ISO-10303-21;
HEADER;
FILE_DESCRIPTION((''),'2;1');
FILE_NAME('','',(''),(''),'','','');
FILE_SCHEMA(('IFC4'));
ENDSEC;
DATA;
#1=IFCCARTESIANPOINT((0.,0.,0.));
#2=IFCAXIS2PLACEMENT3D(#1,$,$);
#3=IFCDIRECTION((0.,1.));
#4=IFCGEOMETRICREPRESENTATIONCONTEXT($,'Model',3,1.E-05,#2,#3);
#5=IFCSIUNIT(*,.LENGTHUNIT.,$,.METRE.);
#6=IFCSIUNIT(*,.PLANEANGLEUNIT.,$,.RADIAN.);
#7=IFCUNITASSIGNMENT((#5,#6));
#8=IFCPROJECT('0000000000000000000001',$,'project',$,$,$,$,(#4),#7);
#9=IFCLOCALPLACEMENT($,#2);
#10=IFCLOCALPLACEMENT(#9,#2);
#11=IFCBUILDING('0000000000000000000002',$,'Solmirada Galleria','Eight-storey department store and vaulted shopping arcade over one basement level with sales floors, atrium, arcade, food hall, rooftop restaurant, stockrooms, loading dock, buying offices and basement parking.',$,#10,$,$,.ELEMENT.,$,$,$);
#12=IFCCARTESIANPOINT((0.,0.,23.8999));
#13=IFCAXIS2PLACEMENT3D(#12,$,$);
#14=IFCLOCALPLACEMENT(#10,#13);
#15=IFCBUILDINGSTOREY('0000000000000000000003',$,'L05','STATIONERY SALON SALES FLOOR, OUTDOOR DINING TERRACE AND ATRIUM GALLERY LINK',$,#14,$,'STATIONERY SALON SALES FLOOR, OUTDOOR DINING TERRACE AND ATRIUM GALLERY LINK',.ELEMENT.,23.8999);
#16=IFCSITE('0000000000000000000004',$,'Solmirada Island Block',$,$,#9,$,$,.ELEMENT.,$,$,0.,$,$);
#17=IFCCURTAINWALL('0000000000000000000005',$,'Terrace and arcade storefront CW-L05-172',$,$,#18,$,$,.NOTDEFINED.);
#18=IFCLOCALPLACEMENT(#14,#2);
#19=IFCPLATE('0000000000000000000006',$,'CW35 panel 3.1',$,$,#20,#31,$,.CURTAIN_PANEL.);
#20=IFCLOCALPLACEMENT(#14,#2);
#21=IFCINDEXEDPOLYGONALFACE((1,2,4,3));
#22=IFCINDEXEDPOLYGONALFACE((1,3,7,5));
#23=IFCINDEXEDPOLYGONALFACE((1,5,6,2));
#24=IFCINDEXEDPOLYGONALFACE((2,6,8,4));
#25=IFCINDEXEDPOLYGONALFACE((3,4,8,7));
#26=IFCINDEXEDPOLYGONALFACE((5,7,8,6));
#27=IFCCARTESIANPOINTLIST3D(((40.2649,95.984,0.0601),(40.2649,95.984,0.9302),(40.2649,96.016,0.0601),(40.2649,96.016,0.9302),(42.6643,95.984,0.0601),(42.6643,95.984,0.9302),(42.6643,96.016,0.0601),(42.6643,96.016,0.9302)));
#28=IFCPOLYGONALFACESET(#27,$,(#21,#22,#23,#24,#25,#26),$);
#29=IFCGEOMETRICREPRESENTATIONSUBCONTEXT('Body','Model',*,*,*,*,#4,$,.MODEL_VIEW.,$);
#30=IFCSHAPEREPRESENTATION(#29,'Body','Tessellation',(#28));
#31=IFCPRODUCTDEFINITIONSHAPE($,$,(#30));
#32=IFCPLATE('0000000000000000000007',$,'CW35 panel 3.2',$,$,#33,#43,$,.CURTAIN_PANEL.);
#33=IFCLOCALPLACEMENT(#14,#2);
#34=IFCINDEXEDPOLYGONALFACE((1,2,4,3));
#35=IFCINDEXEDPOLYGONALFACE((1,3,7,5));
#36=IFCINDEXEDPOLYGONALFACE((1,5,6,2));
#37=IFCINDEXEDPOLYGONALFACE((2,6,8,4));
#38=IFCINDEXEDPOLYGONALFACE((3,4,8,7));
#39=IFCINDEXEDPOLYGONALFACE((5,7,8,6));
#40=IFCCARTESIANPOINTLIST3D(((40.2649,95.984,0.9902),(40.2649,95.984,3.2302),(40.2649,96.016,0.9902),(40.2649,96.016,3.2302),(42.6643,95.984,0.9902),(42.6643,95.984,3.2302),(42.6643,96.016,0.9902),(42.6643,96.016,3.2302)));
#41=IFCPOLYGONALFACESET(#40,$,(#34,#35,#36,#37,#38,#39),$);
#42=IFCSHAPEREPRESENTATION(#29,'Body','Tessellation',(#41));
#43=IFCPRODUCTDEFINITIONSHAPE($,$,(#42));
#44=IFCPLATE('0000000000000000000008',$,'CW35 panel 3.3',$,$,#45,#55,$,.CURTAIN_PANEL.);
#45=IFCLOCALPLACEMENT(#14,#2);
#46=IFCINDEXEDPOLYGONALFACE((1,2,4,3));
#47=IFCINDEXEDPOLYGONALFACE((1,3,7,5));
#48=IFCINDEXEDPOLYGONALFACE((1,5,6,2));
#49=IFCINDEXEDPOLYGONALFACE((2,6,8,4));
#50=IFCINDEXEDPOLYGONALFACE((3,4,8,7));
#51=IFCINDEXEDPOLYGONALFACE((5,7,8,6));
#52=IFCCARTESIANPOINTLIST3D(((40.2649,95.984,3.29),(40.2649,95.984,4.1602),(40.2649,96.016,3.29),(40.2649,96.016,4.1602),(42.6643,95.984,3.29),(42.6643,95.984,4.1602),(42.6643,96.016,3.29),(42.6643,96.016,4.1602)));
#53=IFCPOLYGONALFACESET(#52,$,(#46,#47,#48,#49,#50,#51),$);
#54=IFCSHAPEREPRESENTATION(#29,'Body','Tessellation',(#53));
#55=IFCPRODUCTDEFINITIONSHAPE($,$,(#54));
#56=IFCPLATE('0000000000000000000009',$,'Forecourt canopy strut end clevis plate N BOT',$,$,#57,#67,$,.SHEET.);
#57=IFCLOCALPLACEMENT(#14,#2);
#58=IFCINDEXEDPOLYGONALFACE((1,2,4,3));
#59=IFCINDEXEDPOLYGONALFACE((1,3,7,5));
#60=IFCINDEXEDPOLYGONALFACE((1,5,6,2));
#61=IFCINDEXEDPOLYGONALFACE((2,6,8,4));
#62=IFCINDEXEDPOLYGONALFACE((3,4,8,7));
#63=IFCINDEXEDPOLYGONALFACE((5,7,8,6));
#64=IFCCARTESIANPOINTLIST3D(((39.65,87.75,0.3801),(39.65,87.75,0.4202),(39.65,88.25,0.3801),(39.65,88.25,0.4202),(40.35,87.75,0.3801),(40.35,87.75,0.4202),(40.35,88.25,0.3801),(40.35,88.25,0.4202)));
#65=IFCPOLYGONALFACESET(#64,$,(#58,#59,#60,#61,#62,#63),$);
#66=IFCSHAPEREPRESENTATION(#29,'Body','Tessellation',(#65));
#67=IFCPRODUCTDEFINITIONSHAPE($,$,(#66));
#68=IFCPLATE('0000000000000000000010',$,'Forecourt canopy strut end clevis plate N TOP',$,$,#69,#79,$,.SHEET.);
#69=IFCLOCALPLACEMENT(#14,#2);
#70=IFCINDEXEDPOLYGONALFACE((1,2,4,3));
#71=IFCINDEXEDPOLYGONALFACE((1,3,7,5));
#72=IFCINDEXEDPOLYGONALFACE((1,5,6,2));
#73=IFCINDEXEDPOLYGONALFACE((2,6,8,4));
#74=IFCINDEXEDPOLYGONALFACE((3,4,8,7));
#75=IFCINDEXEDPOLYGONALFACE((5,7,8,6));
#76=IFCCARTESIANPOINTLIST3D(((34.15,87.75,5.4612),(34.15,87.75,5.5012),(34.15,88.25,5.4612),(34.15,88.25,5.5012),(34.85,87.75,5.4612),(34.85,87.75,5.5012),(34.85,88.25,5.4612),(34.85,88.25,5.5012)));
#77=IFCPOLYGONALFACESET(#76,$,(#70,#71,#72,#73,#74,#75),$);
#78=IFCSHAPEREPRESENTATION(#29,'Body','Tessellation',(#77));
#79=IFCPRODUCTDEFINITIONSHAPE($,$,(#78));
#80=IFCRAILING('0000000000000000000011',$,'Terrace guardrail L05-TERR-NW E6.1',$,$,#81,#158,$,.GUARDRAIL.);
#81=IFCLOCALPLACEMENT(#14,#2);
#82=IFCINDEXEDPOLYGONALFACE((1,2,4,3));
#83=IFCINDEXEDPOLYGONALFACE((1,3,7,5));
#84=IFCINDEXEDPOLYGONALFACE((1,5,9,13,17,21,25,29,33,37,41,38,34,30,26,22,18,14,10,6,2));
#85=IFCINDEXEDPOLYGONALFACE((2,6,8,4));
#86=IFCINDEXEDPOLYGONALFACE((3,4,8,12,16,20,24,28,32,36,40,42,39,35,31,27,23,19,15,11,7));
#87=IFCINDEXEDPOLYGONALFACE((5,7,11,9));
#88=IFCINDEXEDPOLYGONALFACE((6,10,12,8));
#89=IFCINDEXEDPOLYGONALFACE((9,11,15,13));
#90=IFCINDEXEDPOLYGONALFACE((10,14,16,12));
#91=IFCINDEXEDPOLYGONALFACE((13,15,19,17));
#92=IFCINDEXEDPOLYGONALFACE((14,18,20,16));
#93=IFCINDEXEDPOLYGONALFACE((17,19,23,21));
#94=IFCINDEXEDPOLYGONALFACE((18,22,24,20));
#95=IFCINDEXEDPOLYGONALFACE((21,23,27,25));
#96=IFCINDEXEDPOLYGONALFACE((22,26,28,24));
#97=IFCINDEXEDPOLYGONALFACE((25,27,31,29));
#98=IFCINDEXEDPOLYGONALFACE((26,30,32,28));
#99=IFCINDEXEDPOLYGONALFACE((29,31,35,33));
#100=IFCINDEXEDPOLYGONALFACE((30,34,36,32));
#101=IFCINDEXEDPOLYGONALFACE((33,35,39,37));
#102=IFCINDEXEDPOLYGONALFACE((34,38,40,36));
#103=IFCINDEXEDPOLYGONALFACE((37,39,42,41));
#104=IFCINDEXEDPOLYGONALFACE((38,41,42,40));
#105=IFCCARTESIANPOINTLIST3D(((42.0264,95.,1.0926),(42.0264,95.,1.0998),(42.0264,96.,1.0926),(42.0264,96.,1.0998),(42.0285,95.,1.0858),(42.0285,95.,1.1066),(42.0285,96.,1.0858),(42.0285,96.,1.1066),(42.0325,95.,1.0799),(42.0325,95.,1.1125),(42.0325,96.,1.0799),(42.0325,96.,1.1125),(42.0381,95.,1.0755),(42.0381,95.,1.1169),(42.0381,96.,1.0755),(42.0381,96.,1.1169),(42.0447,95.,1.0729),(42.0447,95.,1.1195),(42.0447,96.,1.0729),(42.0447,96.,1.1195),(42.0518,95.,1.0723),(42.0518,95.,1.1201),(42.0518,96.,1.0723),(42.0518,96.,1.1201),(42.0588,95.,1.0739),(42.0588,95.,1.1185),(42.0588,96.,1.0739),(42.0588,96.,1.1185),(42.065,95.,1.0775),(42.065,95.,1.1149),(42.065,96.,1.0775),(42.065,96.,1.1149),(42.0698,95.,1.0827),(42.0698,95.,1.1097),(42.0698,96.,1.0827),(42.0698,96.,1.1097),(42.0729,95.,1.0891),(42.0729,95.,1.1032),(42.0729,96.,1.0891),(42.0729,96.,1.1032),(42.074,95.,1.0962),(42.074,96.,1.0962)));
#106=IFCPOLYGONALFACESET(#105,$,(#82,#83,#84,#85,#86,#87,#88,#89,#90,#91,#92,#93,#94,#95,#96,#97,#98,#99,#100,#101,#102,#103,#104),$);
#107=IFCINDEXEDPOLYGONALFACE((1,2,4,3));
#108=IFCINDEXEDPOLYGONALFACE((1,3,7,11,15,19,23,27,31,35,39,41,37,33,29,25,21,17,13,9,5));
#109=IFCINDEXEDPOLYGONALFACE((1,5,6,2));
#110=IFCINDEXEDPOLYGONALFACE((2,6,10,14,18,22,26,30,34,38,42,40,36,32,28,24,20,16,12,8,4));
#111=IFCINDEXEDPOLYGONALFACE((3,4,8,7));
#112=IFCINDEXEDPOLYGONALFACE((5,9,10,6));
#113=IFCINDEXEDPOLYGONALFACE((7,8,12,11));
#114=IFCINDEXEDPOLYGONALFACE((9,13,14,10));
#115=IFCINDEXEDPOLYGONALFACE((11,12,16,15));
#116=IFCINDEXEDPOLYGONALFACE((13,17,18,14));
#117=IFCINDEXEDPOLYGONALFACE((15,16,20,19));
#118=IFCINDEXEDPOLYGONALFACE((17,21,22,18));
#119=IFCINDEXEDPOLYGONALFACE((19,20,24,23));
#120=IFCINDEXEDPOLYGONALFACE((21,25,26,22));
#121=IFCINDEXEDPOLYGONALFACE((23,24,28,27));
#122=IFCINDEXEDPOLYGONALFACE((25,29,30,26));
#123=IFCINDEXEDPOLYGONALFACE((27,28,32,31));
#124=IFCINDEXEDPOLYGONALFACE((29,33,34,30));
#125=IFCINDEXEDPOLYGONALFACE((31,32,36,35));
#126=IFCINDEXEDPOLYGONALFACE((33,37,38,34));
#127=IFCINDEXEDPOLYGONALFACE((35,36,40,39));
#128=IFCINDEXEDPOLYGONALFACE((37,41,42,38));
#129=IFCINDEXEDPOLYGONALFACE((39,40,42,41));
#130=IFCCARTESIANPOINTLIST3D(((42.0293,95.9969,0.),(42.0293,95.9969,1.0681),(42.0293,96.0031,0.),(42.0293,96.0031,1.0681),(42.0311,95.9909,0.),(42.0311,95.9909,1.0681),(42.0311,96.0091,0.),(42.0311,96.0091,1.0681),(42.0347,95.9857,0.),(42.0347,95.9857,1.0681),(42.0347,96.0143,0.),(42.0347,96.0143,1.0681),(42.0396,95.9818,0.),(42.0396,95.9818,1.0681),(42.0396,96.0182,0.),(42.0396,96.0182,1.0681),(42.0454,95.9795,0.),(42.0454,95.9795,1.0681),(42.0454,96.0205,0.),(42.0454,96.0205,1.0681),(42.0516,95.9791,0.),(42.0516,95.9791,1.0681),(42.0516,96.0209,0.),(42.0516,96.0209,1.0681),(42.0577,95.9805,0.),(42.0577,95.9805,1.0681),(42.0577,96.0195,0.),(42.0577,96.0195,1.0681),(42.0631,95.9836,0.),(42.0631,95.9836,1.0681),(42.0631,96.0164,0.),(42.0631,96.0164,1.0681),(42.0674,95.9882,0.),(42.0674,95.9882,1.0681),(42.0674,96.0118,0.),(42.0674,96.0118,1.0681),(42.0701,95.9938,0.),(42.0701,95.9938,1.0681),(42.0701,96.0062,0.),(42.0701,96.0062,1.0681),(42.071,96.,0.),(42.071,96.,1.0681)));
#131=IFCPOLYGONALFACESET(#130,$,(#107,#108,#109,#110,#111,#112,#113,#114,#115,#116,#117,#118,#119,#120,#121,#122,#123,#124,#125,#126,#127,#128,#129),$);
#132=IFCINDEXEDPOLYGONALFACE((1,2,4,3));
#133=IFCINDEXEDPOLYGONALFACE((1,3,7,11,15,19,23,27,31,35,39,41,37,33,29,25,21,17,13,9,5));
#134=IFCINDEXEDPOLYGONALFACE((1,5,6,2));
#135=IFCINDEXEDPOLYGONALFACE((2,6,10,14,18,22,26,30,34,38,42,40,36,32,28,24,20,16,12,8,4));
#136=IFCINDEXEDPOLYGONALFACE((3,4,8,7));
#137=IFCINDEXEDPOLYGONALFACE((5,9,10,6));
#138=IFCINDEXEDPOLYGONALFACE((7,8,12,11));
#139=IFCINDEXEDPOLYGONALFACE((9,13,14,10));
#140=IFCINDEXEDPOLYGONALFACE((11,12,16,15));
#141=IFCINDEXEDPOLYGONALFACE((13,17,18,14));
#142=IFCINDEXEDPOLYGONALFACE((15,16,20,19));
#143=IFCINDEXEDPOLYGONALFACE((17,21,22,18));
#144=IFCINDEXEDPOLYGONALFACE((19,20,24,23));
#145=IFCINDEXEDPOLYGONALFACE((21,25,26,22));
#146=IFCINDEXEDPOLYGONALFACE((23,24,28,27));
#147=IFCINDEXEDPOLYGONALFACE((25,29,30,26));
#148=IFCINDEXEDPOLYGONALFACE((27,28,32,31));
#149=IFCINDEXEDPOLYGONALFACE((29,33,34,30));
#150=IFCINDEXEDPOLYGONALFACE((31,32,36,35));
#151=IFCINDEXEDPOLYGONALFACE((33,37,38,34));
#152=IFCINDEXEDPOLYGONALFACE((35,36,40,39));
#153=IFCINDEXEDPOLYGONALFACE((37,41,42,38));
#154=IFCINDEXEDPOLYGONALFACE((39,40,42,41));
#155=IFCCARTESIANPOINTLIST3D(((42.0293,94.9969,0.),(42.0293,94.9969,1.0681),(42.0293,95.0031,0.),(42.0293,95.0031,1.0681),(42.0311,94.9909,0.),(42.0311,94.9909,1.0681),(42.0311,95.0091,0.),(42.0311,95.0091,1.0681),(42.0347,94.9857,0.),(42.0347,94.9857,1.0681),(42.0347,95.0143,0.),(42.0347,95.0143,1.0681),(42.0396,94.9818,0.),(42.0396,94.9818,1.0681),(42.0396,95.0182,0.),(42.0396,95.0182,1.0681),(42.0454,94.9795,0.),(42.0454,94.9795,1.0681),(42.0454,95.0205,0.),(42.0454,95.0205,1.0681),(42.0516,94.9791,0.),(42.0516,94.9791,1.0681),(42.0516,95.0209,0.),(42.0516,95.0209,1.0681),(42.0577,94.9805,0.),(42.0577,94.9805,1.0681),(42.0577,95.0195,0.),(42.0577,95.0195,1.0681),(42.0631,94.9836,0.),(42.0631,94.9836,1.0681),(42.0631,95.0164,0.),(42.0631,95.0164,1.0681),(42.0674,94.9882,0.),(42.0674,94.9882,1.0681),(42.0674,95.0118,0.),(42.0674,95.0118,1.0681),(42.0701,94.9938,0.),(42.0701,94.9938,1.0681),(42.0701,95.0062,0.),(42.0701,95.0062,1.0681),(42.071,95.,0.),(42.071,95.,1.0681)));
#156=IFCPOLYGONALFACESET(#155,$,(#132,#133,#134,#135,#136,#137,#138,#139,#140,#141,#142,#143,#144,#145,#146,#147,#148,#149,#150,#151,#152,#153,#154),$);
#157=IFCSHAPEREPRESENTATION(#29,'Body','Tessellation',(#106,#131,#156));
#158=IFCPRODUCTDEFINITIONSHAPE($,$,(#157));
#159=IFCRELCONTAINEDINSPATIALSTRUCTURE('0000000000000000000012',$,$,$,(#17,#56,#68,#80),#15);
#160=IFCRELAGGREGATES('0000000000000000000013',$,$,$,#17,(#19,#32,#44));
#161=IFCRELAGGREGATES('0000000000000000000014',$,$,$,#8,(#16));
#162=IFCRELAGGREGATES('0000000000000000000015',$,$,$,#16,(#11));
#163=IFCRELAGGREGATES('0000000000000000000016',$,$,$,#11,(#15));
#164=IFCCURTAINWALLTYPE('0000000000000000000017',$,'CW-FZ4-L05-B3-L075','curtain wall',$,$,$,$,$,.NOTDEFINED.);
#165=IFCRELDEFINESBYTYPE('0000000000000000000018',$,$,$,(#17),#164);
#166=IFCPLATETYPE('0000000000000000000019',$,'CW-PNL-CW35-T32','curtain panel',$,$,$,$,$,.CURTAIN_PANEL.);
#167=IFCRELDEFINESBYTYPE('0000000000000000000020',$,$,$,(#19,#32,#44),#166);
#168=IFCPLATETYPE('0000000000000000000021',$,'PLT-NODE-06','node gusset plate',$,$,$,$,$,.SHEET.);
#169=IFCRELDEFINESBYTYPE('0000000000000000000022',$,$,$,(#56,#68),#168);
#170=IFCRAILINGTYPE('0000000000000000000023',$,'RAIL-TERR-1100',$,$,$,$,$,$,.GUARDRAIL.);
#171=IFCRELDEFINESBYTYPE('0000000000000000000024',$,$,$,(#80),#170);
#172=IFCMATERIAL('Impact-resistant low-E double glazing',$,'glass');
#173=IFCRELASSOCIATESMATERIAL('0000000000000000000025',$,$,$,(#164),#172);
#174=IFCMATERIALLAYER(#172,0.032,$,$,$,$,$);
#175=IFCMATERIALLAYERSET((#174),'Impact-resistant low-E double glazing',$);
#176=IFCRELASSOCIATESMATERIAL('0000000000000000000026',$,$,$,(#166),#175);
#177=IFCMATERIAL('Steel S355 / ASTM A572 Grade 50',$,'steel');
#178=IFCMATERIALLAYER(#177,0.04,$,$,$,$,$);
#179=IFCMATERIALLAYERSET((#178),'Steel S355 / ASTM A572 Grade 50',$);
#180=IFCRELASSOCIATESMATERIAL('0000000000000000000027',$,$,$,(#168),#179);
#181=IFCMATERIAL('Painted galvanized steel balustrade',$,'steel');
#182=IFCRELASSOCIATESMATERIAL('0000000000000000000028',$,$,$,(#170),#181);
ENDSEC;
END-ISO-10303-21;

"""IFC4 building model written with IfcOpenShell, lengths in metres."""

from ifc_helpers import new_model, si_unit, direction, frame, origin, origin_2d, place, context, subcontext, project, spatial, rectangle, circle, extrude, material, layer, layer_set, type_object, element, aggregate, save


model = new_model("IFC4")

# Units and contexts
model_context = context("Model", 3, precision=1e-05, world=origin(), true_north=direction((0.0, 1.0)))
body_context = subcontext(model_context, "Body", "Model", "MODEL_VIEW")
ifc_project = project(units=[si_unit("LENGTHUNIT", "METRE"), si_unit("PLANEANGLEUNIT", "RADIAN")], contexts=[model_context])

# Site, building, storey
site_placement = place(None, origin())
site = spatial("IfcSite", under=ifc_project, at=site_placement, Name="Solmirada Island Block", CompositionType="ELEMENT", RefElevation=0.0)
building_placement = place(site_placement, origin())
building = spatial("IfcBuilding", under=site, at=building_placement, Name="Solmirada Galleria", Description="Eight-storey department store and vaulted shopping arcade over one basement level with sales floors, atrium, arcade, food hall, rooftop restaurant, stockrooms, loading dock, buying offices and basement parking.", CompositionType="ELEMENT")
storey_placement = place(building_placement, frame((0.0, 0.0, 23.8999)))
storey = spatial("IfcBuildingStorey", under=building, at=storey_placement, Name="L05", Description="STATIONERY SALON SALES FLOOR, OUTDOOR DINING TERRACE AND ATRIUM GALLERY LINK", LongName="STATIONERY SALON SALES FLOOR, OUTDOOR DINING TERRACE AND ATRIUM GALLERY LINK", CompositionType="ELEMENT", Elevation=23.8999)

# Shared definitions
ifc_material_1 = material(Name="Steel S355 / ASTM A572 Grade 50", Category="steel")

# Curtain wall
ifc_material_2 = material(Name="Impact-resistant low-E double glazing", Category="glass")
curtain_wall_type = type_object("IfcCurtainWallType", Name="CW-FZ4-L05-B3-L075", Description="curtain wall", PredefinedType="NOTDEFINED", material=ifc_material_2)
curtain_wall_placement = place(storey_placement, origin())
curtain_wall = element("IfcCurtainWall", 1, at=curtain_wall_placement, inside=storey, type_object=curtain_wall_type, Name="Terrace and arcade storefront CW-L05-172", PredefinedType="NOTDEFINED")

# Plates
ifc_layer_1 = layer(ifc_material_2, 0.032)
ifc_layer_set_1 = layer_set([ifc_layer_1], Name="Impact-resistant low-E double glazing")
plate_type_1 = type_object("IfcPlateType", Name="CW-PNL-CW35-T32", Description="curtain panel", PredefinedType="CURTAIN_PANEL", material=ifc_layer_set_1)
plate_1_placement = place(storey_placement, frame((41.4646, 96.0, 0.0601), z_axis=(0.0, 0.0, 1.0), x_axis=(-1.0, 0.0, 0.0)))
plate_1 = element("IfcPlate", 2, at=plate_1_placement, type_object=plate_type_1, Name="CW35 panel 3.1", PredefinedType="CURTAIN_PANEL", context=body_context, shape_type="SweptSolid", body=[
    extrude(rectangle(XDim=2.3994, YDim=0.032, at=origin_2d()), origin(), (0.0, 0.0, 1.0), 0.8701),
])
plate_2_placement = place(storey_placement, frame((41.4646, 96.0, 0.9902), z_axis=(0.0, 0.0, 1.0), x_axis=(-1.0, 0.0, 0.0)))
plate_2 = element("IfcPlate", 3, at=plate_2_placement, type_object=plate_type_1, Name="CW35 panel 3.2", PredefinedType="CURTAIN_PANEL", context=body_context, shape_type="SweptSolid", body=[
    extrude(rectangle(XDim=2.3994, YDim=0.032, at=origin_2d()), origin(), (0.0, 0.0, 1.0), 2.24),
])
plate_3_placement = place(storey_placement, frame((41.4646, 96.0, 3.29), z_axis=(0.0, 0.0, 1.0), x_axis=(-1.0, 0.0, 0.0)))
plate_3 = element("IfcPlate", 4, at=plate_3_placement, type_object=plate_type_1, Name="CW35 panel 3.3", PredefinedType="CURTAIN_PANEL", context=body_context, shape_type="SweptSolid", body=[
    extrude(rectangle(XDim=2.3994, YDim=0.032, at=origin_2d()), origin(), (0.0, 0.0, 1.0), 0.8701),
])
aggregate(curtain_wall, [plate_1, plate_2, plate_3])

# Plates
ifc_layer_2 = layer(ifc_material_1, 0.04)
ifc_layer_set_2 = layer_set([ifc_layer_2], Name="Steel S355 / ASTM A572 Grade 50")
plate_type_2 = type_object("IfcPlateType", Name="PLT-NODE-06", Description="node gusset plate", PredefinedType="SHEET", material=ifc_layer_set_2)
for number, where, z_axis, x_axis, name in (
    (5, (40.0, 88.0, 0.3801), (0.0, 0.0, 1.0), (1.0, 0.0, 0.0), "Forecourt canopy strut end clevis plate N BOT"),
    (6, (34.5, 88.0, 5.4612), (0.0, 0.0, 1.0), (1.0, 0.0, 0.0), "Forecourt canopy strut end clevis plate N TOP"),
):
    element("IfcPlate", number, at=place(storey_placement, frame(where, z_axis=z_axis, x_axis=x_axis)), inside=storey, type_object=plate_type_2, Name=name, PredefinedType="SHEET", context=body_context, shape_type="SweptSolid", body=[
        extrude(rectangle(XDim=0.7, YDim=0.5, at=origin_2d()), origin(), (0.0, 0.0, 1.0), 0.04),
    ])

# Railing
ifc_material_3 = material(Name="Painted galvanized steel balustrade", Category="steel")
railing_type = type_object("IfcRailingType", Name="RAIL-TERR-1100", PredefinedType="GUARDRAIL", material=ifc_material_3)
railing_1_placement = place(storey_placement, frame((42.05, 96.0, 0.0)))
element("IfcRailing", 7, at=railing_1_placement, inside=storey, type_object=railing_type, Name="Terrace guardrail L05-TERR-NW E6.1", PredefinedType="GUARDRAIL", context=body_context, shape_type="SweptSolid", body=[
    extrude(circle(Radius=0.0239, at=origin_2d()), frame((0.0, 0.0, 1.0962), z_axis=(0.0, -1.0, 0.0), x_axis=(1.0, 0.0, 0.0)), (0.0, 0.0, 1.0), 1.0),
    extrude(circle(Radius=0.021, at=origin_2d()), origin(), (0.0, 0.0, 1.0), 1.0681),
    extrude(circle(Radius=0.021, at=origin_2d()), frame((0.0, -1.0, 0.0)), (0.0, 0.0, 1.0), 1.0681),
])

save(model, "model.ifc")
